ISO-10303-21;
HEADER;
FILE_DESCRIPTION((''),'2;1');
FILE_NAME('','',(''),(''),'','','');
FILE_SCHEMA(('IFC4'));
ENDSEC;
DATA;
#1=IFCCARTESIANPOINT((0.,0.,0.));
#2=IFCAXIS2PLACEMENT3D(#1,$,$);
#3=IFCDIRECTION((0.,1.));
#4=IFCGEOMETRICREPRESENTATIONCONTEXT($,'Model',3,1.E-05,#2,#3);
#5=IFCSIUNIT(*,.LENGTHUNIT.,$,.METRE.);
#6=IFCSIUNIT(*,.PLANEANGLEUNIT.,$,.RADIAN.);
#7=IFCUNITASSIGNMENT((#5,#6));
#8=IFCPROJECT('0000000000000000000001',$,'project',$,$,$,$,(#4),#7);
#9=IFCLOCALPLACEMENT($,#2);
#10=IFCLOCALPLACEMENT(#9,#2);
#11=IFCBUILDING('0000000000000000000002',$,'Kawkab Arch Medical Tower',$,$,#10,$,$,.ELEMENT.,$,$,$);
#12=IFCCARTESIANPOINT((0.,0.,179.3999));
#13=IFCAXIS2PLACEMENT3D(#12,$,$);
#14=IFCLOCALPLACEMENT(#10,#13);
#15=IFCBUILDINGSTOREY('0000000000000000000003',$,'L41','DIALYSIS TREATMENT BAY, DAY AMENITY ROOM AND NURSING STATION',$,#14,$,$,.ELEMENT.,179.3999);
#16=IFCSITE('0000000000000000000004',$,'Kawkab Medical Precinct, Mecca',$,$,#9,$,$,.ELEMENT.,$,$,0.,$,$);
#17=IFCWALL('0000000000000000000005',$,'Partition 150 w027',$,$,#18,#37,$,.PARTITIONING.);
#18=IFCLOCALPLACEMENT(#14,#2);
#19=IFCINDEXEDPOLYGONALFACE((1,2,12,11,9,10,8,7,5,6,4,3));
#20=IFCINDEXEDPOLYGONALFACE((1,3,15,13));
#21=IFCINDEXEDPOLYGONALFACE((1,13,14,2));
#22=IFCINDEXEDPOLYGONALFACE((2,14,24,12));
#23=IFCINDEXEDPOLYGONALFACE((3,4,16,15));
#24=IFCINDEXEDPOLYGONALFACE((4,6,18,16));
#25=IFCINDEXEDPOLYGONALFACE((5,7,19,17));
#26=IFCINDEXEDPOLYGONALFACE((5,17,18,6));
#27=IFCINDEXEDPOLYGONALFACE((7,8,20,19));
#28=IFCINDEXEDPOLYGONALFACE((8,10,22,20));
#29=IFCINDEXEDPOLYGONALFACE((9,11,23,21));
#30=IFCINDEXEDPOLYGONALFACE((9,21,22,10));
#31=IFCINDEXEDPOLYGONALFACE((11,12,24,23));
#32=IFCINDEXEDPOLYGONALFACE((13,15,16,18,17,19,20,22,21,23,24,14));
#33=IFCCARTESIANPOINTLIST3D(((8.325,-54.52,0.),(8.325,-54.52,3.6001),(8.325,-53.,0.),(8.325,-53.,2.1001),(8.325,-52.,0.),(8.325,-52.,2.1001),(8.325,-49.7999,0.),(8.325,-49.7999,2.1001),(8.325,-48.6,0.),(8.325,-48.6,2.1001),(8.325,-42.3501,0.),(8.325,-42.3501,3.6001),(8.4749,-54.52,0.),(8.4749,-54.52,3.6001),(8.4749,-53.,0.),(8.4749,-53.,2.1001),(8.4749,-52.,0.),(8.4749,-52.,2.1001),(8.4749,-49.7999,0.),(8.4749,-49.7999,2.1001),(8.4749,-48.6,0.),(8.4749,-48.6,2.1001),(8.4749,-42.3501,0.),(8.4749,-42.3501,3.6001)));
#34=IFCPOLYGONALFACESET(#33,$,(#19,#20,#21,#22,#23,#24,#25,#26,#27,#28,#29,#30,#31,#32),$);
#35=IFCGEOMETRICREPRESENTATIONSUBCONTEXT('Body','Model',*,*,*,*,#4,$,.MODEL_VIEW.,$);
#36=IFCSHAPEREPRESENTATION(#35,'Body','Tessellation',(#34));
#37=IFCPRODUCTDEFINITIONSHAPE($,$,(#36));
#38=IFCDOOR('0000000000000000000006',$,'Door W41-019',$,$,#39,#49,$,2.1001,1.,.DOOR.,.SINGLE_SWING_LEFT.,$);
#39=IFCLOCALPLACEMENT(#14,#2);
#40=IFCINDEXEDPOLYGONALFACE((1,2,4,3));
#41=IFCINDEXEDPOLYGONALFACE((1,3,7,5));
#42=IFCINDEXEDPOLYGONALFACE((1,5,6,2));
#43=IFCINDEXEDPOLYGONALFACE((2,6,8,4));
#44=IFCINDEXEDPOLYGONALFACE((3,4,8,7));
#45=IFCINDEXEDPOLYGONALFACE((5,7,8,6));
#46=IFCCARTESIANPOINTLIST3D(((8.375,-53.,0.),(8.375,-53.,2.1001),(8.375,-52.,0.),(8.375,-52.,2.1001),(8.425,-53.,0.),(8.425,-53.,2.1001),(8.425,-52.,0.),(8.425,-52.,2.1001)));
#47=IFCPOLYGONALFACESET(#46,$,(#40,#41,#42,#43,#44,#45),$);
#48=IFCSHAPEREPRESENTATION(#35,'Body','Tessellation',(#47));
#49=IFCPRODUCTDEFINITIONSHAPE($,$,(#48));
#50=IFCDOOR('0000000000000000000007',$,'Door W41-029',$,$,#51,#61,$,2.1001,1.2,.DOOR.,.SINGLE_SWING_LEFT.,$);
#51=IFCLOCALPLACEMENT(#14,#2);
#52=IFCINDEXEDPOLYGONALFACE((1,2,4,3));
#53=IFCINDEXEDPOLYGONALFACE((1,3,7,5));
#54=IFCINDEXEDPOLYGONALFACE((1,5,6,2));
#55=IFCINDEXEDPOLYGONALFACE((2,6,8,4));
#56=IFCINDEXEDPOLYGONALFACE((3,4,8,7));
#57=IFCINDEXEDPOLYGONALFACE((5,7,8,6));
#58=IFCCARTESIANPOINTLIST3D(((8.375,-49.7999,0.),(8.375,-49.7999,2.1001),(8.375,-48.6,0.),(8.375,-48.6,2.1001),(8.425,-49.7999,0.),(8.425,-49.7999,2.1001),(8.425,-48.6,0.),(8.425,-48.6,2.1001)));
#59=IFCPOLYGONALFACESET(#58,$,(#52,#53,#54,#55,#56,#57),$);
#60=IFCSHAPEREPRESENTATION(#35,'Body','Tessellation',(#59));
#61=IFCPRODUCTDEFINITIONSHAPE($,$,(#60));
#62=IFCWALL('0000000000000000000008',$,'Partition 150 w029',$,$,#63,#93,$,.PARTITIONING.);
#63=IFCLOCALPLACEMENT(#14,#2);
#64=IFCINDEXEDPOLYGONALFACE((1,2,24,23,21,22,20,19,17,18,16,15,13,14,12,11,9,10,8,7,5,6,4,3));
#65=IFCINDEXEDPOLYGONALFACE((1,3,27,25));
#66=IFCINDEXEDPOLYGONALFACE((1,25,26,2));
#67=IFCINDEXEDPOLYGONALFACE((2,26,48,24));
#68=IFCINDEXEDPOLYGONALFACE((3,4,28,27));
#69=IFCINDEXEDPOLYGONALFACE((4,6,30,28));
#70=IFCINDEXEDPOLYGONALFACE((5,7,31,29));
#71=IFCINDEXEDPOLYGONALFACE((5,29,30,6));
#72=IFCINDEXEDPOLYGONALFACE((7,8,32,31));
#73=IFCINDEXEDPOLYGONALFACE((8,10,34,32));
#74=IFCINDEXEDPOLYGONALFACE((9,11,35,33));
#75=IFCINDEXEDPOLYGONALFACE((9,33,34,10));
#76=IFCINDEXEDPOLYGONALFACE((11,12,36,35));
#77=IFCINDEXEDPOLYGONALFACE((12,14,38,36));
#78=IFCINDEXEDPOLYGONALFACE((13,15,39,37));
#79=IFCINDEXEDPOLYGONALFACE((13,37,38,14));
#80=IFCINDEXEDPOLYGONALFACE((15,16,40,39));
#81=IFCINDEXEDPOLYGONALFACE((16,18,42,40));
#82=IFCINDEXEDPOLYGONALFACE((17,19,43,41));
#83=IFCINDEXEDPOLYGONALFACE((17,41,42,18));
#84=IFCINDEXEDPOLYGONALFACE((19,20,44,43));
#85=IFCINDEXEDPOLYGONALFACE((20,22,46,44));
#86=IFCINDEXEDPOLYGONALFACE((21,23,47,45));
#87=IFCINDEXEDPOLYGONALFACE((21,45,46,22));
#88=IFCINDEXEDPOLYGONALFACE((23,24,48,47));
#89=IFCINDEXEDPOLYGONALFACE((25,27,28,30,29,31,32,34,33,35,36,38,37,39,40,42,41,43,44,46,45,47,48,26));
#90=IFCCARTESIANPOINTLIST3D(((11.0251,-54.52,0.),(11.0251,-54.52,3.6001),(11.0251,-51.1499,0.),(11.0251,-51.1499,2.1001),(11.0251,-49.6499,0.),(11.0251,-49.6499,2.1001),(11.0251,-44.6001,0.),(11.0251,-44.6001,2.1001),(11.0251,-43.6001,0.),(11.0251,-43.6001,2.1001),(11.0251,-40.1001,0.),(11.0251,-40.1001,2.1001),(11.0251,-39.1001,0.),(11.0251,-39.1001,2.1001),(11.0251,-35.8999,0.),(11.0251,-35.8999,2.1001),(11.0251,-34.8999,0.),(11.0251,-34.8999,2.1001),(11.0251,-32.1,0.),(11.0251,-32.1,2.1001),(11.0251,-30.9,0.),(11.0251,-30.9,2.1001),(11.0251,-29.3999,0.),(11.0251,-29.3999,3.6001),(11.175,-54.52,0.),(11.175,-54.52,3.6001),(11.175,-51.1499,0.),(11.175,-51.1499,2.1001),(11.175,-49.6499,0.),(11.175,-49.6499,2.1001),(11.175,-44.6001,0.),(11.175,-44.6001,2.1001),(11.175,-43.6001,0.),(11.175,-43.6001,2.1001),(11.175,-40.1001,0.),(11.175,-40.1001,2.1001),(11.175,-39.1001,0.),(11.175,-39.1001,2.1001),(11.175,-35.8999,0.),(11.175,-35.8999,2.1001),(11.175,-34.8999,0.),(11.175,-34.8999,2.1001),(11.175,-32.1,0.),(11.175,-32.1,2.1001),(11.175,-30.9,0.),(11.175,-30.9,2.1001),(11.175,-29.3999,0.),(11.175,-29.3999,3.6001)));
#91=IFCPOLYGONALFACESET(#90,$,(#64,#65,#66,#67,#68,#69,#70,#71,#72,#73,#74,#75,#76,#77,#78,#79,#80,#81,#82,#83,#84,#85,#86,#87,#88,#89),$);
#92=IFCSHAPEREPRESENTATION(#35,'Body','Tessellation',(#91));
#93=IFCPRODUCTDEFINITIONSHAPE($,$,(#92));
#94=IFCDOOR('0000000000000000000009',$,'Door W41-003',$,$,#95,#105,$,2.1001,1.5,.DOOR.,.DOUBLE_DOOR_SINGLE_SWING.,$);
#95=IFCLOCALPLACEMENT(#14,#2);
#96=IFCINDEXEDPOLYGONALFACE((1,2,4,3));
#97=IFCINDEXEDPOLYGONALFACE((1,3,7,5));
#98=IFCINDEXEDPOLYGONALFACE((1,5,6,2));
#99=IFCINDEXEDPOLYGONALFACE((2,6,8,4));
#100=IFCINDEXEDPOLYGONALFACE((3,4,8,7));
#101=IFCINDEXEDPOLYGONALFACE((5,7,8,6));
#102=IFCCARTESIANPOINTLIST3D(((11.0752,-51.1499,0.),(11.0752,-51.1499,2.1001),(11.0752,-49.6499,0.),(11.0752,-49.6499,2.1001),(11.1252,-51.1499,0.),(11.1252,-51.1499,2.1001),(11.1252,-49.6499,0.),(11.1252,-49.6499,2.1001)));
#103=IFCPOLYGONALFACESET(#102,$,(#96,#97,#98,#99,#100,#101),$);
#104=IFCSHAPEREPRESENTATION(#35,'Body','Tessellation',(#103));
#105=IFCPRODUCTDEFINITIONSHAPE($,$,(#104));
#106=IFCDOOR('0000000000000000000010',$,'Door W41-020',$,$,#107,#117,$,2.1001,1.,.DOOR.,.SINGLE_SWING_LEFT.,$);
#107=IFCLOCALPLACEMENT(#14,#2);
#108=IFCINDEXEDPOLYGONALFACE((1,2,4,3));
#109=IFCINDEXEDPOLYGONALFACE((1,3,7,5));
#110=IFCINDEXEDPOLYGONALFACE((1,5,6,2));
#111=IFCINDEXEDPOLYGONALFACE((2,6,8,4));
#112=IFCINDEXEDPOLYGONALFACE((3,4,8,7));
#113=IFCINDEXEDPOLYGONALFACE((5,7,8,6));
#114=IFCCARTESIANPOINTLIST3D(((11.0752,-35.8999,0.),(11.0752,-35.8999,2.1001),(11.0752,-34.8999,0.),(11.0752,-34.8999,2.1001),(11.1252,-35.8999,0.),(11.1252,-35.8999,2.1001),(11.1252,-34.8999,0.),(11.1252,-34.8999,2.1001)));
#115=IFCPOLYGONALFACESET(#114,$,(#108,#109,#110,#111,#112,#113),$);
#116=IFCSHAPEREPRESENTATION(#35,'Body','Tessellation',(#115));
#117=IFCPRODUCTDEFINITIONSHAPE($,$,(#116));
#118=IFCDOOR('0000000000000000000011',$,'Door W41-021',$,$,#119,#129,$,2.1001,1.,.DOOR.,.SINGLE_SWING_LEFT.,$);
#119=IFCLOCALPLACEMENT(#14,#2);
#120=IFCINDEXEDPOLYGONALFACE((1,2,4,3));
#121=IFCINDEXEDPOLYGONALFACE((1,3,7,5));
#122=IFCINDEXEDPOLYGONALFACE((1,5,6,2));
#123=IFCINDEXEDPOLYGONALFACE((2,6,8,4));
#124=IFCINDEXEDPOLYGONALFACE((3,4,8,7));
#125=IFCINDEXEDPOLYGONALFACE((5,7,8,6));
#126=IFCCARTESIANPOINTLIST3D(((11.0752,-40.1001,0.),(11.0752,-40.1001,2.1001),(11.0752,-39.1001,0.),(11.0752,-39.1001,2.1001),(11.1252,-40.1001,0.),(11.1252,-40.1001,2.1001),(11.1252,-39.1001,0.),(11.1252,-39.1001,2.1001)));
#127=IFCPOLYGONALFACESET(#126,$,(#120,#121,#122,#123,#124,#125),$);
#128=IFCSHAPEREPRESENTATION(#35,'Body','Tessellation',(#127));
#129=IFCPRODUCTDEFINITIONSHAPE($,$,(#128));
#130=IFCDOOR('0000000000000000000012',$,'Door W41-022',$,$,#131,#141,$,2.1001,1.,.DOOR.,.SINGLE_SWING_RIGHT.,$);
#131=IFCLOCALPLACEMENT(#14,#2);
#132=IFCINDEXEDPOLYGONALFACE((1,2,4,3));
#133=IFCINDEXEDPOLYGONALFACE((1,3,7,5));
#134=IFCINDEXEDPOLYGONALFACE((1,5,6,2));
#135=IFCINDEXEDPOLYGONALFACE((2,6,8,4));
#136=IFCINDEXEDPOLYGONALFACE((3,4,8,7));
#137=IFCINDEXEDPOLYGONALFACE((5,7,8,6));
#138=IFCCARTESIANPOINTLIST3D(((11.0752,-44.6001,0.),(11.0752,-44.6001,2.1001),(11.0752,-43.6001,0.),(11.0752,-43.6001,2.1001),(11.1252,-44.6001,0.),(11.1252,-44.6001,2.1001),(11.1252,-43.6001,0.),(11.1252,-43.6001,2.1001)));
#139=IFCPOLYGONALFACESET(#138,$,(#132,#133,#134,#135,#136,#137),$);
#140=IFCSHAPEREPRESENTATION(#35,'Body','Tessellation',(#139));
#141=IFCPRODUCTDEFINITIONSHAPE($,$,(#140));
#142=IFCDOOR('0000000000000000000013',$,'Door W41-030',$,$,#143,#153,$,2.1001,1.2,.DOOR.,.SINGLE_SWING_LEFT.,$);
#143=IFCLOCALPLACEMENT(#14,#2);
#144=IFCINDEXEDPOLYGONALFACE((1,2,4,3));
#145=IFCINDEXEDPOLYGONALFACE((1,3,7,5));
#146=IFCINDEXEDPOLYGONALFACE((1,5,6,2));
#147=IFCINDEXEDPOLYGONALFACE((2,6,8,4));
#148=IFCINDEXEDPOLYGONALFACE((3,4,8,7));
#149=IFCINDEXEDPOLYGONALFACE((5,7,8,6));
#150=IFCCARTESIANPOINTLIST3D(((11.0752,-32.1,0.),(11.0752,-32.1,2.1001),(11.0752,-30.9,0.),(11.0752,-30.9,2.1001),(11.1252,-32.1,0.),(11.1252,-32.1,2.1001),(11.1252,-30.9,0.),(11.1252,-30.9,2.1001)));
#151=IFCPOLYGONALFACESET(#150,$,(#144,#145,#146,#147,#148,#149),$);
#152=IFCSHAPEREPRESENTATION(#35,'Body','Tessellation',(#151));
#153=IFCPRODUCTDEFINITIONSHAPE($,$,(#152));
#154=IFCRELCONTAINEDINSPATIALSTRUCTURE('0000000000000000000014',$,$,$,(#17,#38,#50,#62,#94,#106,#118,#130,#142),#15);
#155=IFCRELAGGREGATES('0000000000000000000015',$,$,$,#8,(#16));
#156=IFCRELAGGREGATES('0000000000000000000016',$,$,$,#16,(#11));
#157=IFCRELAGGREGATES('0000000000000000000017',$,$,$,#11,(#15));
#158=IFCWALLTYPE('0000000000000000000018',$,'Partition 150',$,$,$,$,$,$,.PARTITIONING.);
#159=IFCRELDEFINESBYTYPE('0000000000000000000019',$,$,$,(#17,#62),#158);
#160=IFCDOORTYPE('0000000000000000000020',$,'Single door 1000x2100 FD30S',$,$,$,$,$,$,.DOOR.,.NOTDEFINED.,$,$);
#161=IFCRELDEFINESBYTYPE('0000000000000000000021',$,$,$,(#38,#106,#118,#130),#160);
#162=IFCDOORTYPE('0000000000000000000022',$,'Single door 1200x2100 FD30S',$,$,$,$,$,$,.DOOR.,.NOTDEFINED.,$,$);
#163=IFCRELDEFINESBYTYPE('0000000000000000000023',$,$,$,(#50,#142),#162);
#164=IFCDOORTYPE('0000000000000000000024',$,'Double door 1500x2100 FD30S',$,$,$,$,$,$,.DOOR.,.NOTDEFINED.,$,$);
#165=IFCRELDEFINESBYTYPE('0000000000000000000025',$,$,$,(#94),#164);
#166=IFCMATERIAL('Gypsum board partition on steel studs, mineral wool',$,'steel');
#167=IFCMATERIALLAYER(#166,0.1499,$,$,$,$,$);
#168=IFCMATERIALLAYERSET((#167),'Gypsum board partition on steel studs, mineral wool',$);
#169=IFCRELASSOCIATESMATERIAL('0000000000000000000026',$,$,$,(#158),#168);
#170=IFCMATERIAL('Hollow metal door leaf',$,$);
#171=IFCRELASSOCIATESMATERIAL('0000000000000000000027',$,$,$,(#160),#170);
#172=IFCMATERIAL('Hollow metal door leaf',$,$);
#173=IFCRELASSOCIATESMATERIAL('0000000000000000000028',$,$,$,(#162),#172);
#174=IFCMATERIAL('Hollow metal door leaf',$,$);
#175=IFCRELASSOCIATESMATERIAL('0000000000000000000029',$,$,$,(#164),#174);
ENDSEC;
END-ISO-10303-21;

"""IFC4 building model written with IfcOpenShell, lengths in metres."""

from ifc_helpers import new_model, si_unit, direction, frame, frame_2d, origin, place, context, subcontext, project, spatial, rectangle, extrude, material, layer, layer_set, type_object, element, fill, save


model = new_model("IFC4")

# Units and contexts
model_context = context("Model", 3, precision=1e-05, world=origin(), true_north=direction((0.0, 1.0)))
body_context = subcontext(model_context, "Body", "Model", "MODEL_VIEW")
ifc_project = project(units=[si_unit("LENGTHUNIT", "METRE"), si_unit("PLANEANGLEUNIT", "RADIAN")], contexts=[model_context])

# Site, building, storey
site_placement = place(None, origin())
site = spatial("IfcSite", under=ifc_project, at=site_placement, Name="Kawkab Medical Precinct, Mecca", CompositionType="ELEMENT", RefElevation=0.0)
building_placement = place(site_placement, origin())
building = spatial("IfcBuilding", under=site, at=building_placement, Name="Kawkab Arch Medical Tower", CompositionType="ELEMENT")
storey_placement = place(building_placement, frame((0.0, 0.0, 179.3999)))
storey = spatial("IfcBuildingStorey", under=building, at=storey_placement, Name="L41", Description="DIALYSIS TREATMENT BAY, DAY AMENITY ROOM AND NURSING STATION", CompositionType="ELEMENT", Elevation=179.3999)

# Walls, openings, doors
ifc_material_1 = material(Name="Gypsum board partition on steel studs, mineral wool", Category="steel")
ifc_layer_1 = layer(ifc_material_1, 0.1499)
ifc_layer_set_1 = layer_set([ifc_layer_1], Name="Gypsum board partition on steel studs, mineral wool")
wall_type_1 = type_object("IfcWallType", Name="Partition 150", PredefinedType="PARTITIONING", material=ifc_layer_set_1)
wall_1_placement = place(storey_placement, frame((8.3999, -54.52, 0.0), z_axis=(0.0, 0.0, 1.0), x_axis=(0.0, 1.0, 0.0)))
wall_1 = element("IfcWall", 1, at=wall_1_placement, inside=storey, type_object=wall_type_1, Name="Partition 150 w027", PredefinedType="PARTITIONING", context=body_context, shape_type="SweptSolid", body=[
    extrude(rectangle(XDim=12.1699, YDim=0.1499, at=frame_2d((6.085, 0.0))), origin(), (0.0, 0.0, 1.0), 3.6001),
])
opening_1_placement = place(wall_1_placement, frame((4.72, 0.0, 0.0)))
opening_1 = element("IfcOpeningElement", 2, at=opening_1_placement, cuts=wall_1, PredefinedType="OPENING", context=body_context, shape_type="SweptSolid", body=[
    extrude(rectangle(XDim=1.2, YDim=2.1001, at=frame_2d((0.6001, 1.05))), frame((0.0, 0.085, 0.0), z_axis=(0.0, -1.0, 0.0), x_axis=(1.0, 0.0, 0.0)), (0.0, 0.0, 1.0), 0.1699),
])
opening_2_placement = place(wall_1_placement, frame((1.52, 0.0, 0.0)))
opening_2 = element("IfcOpeningElement", 3, at=opening_2_placement, cuts=wall_1, PredefinedType="OPENING", context=body_context, shape_type="SweptSolid", body=[
    extrude(rectangle(XDim=1.0, YDim=2.1001, at=frame_2d((0.5, 1.05))), frame((0.0, 0.085, 0.0), z_axis=(0.0, -1.0, 0.0), x_axis=(1.0, 0.0, 0.0)), (0.0, 0.0, 1.0), 0.1699),
])
ifc_material_2 = material(Name="Hollow metal door leaf")
door_type_1 = type_object("IfcDoorType", Name="Single door 1000x2100 FD30S", OperationType="NOTDEFINED", PredefinedType="DOOR", material=ifc_material_2)
door_1_placement = place(opening_2_placement, origin())
door_1 = element("IfcDoor", 4, at=door_1_placement, inside=storey, type_object=door_type_1, Name="Door W41-019", OperationType="SINGLE_SWING_LEFT", OverallHeight=2.1001, OverallWidth=1.0, PredefinedType="DOOR", context=body_context, shape_type="SweptSolid", body=[
    extrude(rectangle(XDim=1.0, YDim=2.1001, at=frame_2d((0.5, 1.05))), frame((0.0, 0.0249, 0.0), z_axis=(0.0, -1.0, 0.0), x_axis=(1.0, 0.0, 0.0)), (0.0, 0.0, 1.0), 0.05),
])
fill(opening_2, door_1)
ifc_material_3 = material(Name="Hollow metal door leaf")
door_type_2 = type_object("IfcDoorType", Name="Single door 1200x2100 FD30S", OperationType="NOTDEFINED", PredefinedType="DOOR", material=ifc_material_3)
door_2_placement = place(opening_1_placement, origin())
door_2 = element("IfcDoor", 5, at=door_2_placement, inside=storey, type_object=door_type_2, Name="Door W41-029", OperationType="SINGLE_SWING_LEFT", OverallHeight=2.1001, OverallWidth=1.2, PredefinedType="DOOR", context=body_context, shape_type="SweptSolid", body=[
    extrude(rectangle(XDim=1.2, YDim=2.1001, at=frame_2d((0.6001, 1.05))), frame((0.0, 0.0249, 0.0), z_axis=(0.0, -1.0, 0.0), x_axis=(1.0, 0.0, 0.0)), (0.0, 0.0, 1.0), 0.05),
])
fill(opening_1, door_2)
wall_2_placement = place(storey_placement, frame((11.1001, -54.52, 0.0), z_axis=(0.0, 0.0, 1.0), x_axis=(0.0, 1.0, 0.0)))
wall_2 = element("IfcWall", 6, at=wall_2_placement, inside=storey, type_object=wall_type_1, Name="Partition 150 w029", PredefinedType="PARTITIONING", context=body_context, shape_type="SweptSolid", body=[
    extrude(rectangle(XDim=25.1201, YDim=0.1499, at=frame_2d((12.5601, 0.0))), origin(), (0.0, 0.0, 1.0), 3.6001),
])
opening_3_placement = place(wall_2_placement, frame((22.4199, 0.0, 0.0)))
opening_3 = element("IfcOpeningElement", 7, at=opening_3_placement, cuts=wall_2, PredefinedType="OPENING", context=body_context, shape_type="SweptSolid", body=[
    extrude(rectangle(XDim=1.2, YDim=2.1001, at=frame_2d((0.6001, 1.05))), frame((0.0, 0.085, 0.0), z_axis=(0.0, -1.0, 0.0), x_axis=(1.0, 0.0, 0.0)), (0.0, 0.0, 1.0), 0.1699),
])
opening_4_placement = place(wall_2_placement, frame((18.6201, 0.0, 0.0)))
opening_4 = element("IfcOpeningElement", 8, at=opening_4_placement, cuts=wall_2, PredefinedType="OPENING", context=body_context, shape_type="SweptSolid", body=[
    extrude(rectangle(XDim=1.0, YDim=2.1001, at=frame_2d((0.5, 1.05))), frame((0.0, 0.085, 0.0), z_axis=(0.0, -1.0, 0.0), x_axis=(1.0, 0.0, 0.0)), (0.0, 0.0, 1.0), 0.1699),
])
opening_5_placement = place(wall_2_placement, frame((14.4199, 0.0, 0.0)))
opening_5 = element("IfcOpeningElement", 9, at=opening_5_placement, cuts=wall_2, PredefinedType="OPENING", context=body_context, shape_type="SweptSolid", body=[
    extrude(rectangle(XDim=1.0, YDim=2.1001, at=frame_2d((0.5, 1.05))), frame((0.0, 0.085, 0.0), z_axis=(0.0, -1.0, 0.0), x_axis=(1.0, 0.0, 0.0)), (0.0, 0.0, 1.0), 0.1699),
])
opening_6_placement = place(wall_2_placement, frame((9.9199, 0.0, 0.0)))
opening_6 = element("IfcOpeningElement", 10, at=opening_6_placement, cuts=wall_2, PredefinedType="OPENING", context=body_context, shape_type="SweptSolid", body=[
    extrude(rectangle(XDim=1.0, YDim=2.1001, at=frame_2d((0.5, 1.05))), frame((0.0, 0.085, 0.0), z_axis=(0.0, -1.0, 0.0), x_axis=(1.0, 0.0, 0.0)), (0.0, 0.0, 1.0), 0.1699),
])
opening_7_placement = place(wall_2_placement, frame((3.3701, 0.0, 0.0)))
opening_7 = element("IfcOpeningElement", 11, at=opening_7_placement, cuts=wall_2, PredefinedType="OPENING", context=body_context, shape_type="SweptSolid", body=[
    extrude(rectangle(XDim=1.5, YDim=2.1001, at=frame_2d((0.75, 1.05))), frame((0.0, 0.085, 0.0), z_axis=(0.0, -1.0, 0.0), x_axis=(1.0, 0.0, 0.0)), (0.0, 0.0, 1.0), 0.1699),
])
ifc_material_4 = material(Name="Hollow metal door leaf")
door_type_3 = type_object("IfcDoorType", Name="Double door 1500x2100 FD30S", OperationType="NOTDEFINED", PredefinedType="DOOR", material=ifc_material_4)
door_3_placement = place(opening_7_placement, origin())
door_3 = element("IfcDoor", 12, at=door_3_placement, inside=storey, type_object=door_type_3, Name="Door W41-003", OperationType="DOUBLE_DOOR_SINGLE_SWING", OverallHeight=2.1001, OverallWidth=1.5, PredefinedType="DOOR", context=body_context, shape_type="SweptSolid", body=[
    extrude(rectangle(XDim=1.5, YDim=2.1001, at=frame_2d((0.75, 1.05))), frame((0.0, 0.0249, 0.0), z_axis=(0.0, -1.0, 0.0), x_axis=(1.0, 0.0, 0.0)), (0.0, 0.0, 1.0), 0.05),
])
fill(opening_7, door_3)
door_4_placement = place(opening_4_placement, origin())
door_4 = element("IfcDoor", 13, at=door_4_placement, inside=storey, type_object=door_type_1, Name="Door W41-020", OperationType="SINGLE_SWING_LEFT", OverallHeight=2.1001, OverallWidth=1.0, PredefinedType="DOOR", context=body_context, shape_type="SweptSolid", body=[
    extrude(rectangle(XDim=1.0, YDim=2.1001, at=frame_2d((0.5, 1.05))), frame((0.0, 0.0249, 0.0), z_axis=(0.0, -1.0, 0.0), x_axis=(1.0, 0.0, 0.0)), (0.0, 0.0, 1.0), 0.05),
])
fill(opening_4, door_4)
door_5_placement = place(opening_5_placement, origin())
door_5 = element("IfcDoor", 14, at=door_5_placement, inside=storey, type_object=door_type_1, Name="Door W41-021", OperationType="SINGLE_SWING_LEFT", OverallHeight=2.1001, OverallWidth=1.0, PredefinedType="DOOR", context=body_context, shape_type="SweptSolid", body=[
    extrude(rectangle(XDim=1.0, YDim=2.1001, at=frame_2d((0.5, 1.05))), frame((0.0, 0.0249, 0.0), z_axis=(0.0, -1.0, 0.0), x_axis=(1.0, 0.0, 0.0)), (0.0, 0.0, 1.0), 0.05),
])
fill(opening_5, door_5)
door_6_placement = place(opening_6_placement, origin())
door_6 = element("IfcDoor", 15, at=door_6_placement, inside=storey, type_object=door_type_1, Name="Door W41-022", OperationType="SINGLE_SWING_RIGHT", OverallHeight=2.1001, OverallWidth=1.0, PredefinedType="DOOR", context=body_context, shape_type="SweptSolid", body=[
    extrude(rectangle(XDim=1.0, YDim=2.1001, at=frame_2d((0.5, 1.05))), frame((0.0, 0.0249, 0.0), z_axis=(0.0, -1.0, 0.0), x_axis=(1.0, 0.0, 0.0)), (0.0, 0.0, 1.0), 0.05),
])
fill(opening_6, door_6)
door_7_placement = place(opening_3_placement, origin())
door_7 = element("IfcDoor", 16, at=door_7_placement, inside=storey, type_object=door_type_2, Name="Door W41-030", OperationType="SINGLE_SWING_LEFT", OverallHeight=2.1001, OverallWidth=1.2, PredefinedType="DOOR", context=body_context, shape_type="SweptSolid", body=[
    extrude(rectangle(XDim=1.2, YDim=2.1001, at=frame_2d((0.6001, 1.05))), frame((0.0, 0.0249, 0.0), z_axis=(0.0, -1.0, 0.0), x_axis=(1.0, 0.0, 0.0)), (0.0, 0.0, 1.0), 0.05),
])
fill(opening_3, door_7)

save(model, "model.ifc")
